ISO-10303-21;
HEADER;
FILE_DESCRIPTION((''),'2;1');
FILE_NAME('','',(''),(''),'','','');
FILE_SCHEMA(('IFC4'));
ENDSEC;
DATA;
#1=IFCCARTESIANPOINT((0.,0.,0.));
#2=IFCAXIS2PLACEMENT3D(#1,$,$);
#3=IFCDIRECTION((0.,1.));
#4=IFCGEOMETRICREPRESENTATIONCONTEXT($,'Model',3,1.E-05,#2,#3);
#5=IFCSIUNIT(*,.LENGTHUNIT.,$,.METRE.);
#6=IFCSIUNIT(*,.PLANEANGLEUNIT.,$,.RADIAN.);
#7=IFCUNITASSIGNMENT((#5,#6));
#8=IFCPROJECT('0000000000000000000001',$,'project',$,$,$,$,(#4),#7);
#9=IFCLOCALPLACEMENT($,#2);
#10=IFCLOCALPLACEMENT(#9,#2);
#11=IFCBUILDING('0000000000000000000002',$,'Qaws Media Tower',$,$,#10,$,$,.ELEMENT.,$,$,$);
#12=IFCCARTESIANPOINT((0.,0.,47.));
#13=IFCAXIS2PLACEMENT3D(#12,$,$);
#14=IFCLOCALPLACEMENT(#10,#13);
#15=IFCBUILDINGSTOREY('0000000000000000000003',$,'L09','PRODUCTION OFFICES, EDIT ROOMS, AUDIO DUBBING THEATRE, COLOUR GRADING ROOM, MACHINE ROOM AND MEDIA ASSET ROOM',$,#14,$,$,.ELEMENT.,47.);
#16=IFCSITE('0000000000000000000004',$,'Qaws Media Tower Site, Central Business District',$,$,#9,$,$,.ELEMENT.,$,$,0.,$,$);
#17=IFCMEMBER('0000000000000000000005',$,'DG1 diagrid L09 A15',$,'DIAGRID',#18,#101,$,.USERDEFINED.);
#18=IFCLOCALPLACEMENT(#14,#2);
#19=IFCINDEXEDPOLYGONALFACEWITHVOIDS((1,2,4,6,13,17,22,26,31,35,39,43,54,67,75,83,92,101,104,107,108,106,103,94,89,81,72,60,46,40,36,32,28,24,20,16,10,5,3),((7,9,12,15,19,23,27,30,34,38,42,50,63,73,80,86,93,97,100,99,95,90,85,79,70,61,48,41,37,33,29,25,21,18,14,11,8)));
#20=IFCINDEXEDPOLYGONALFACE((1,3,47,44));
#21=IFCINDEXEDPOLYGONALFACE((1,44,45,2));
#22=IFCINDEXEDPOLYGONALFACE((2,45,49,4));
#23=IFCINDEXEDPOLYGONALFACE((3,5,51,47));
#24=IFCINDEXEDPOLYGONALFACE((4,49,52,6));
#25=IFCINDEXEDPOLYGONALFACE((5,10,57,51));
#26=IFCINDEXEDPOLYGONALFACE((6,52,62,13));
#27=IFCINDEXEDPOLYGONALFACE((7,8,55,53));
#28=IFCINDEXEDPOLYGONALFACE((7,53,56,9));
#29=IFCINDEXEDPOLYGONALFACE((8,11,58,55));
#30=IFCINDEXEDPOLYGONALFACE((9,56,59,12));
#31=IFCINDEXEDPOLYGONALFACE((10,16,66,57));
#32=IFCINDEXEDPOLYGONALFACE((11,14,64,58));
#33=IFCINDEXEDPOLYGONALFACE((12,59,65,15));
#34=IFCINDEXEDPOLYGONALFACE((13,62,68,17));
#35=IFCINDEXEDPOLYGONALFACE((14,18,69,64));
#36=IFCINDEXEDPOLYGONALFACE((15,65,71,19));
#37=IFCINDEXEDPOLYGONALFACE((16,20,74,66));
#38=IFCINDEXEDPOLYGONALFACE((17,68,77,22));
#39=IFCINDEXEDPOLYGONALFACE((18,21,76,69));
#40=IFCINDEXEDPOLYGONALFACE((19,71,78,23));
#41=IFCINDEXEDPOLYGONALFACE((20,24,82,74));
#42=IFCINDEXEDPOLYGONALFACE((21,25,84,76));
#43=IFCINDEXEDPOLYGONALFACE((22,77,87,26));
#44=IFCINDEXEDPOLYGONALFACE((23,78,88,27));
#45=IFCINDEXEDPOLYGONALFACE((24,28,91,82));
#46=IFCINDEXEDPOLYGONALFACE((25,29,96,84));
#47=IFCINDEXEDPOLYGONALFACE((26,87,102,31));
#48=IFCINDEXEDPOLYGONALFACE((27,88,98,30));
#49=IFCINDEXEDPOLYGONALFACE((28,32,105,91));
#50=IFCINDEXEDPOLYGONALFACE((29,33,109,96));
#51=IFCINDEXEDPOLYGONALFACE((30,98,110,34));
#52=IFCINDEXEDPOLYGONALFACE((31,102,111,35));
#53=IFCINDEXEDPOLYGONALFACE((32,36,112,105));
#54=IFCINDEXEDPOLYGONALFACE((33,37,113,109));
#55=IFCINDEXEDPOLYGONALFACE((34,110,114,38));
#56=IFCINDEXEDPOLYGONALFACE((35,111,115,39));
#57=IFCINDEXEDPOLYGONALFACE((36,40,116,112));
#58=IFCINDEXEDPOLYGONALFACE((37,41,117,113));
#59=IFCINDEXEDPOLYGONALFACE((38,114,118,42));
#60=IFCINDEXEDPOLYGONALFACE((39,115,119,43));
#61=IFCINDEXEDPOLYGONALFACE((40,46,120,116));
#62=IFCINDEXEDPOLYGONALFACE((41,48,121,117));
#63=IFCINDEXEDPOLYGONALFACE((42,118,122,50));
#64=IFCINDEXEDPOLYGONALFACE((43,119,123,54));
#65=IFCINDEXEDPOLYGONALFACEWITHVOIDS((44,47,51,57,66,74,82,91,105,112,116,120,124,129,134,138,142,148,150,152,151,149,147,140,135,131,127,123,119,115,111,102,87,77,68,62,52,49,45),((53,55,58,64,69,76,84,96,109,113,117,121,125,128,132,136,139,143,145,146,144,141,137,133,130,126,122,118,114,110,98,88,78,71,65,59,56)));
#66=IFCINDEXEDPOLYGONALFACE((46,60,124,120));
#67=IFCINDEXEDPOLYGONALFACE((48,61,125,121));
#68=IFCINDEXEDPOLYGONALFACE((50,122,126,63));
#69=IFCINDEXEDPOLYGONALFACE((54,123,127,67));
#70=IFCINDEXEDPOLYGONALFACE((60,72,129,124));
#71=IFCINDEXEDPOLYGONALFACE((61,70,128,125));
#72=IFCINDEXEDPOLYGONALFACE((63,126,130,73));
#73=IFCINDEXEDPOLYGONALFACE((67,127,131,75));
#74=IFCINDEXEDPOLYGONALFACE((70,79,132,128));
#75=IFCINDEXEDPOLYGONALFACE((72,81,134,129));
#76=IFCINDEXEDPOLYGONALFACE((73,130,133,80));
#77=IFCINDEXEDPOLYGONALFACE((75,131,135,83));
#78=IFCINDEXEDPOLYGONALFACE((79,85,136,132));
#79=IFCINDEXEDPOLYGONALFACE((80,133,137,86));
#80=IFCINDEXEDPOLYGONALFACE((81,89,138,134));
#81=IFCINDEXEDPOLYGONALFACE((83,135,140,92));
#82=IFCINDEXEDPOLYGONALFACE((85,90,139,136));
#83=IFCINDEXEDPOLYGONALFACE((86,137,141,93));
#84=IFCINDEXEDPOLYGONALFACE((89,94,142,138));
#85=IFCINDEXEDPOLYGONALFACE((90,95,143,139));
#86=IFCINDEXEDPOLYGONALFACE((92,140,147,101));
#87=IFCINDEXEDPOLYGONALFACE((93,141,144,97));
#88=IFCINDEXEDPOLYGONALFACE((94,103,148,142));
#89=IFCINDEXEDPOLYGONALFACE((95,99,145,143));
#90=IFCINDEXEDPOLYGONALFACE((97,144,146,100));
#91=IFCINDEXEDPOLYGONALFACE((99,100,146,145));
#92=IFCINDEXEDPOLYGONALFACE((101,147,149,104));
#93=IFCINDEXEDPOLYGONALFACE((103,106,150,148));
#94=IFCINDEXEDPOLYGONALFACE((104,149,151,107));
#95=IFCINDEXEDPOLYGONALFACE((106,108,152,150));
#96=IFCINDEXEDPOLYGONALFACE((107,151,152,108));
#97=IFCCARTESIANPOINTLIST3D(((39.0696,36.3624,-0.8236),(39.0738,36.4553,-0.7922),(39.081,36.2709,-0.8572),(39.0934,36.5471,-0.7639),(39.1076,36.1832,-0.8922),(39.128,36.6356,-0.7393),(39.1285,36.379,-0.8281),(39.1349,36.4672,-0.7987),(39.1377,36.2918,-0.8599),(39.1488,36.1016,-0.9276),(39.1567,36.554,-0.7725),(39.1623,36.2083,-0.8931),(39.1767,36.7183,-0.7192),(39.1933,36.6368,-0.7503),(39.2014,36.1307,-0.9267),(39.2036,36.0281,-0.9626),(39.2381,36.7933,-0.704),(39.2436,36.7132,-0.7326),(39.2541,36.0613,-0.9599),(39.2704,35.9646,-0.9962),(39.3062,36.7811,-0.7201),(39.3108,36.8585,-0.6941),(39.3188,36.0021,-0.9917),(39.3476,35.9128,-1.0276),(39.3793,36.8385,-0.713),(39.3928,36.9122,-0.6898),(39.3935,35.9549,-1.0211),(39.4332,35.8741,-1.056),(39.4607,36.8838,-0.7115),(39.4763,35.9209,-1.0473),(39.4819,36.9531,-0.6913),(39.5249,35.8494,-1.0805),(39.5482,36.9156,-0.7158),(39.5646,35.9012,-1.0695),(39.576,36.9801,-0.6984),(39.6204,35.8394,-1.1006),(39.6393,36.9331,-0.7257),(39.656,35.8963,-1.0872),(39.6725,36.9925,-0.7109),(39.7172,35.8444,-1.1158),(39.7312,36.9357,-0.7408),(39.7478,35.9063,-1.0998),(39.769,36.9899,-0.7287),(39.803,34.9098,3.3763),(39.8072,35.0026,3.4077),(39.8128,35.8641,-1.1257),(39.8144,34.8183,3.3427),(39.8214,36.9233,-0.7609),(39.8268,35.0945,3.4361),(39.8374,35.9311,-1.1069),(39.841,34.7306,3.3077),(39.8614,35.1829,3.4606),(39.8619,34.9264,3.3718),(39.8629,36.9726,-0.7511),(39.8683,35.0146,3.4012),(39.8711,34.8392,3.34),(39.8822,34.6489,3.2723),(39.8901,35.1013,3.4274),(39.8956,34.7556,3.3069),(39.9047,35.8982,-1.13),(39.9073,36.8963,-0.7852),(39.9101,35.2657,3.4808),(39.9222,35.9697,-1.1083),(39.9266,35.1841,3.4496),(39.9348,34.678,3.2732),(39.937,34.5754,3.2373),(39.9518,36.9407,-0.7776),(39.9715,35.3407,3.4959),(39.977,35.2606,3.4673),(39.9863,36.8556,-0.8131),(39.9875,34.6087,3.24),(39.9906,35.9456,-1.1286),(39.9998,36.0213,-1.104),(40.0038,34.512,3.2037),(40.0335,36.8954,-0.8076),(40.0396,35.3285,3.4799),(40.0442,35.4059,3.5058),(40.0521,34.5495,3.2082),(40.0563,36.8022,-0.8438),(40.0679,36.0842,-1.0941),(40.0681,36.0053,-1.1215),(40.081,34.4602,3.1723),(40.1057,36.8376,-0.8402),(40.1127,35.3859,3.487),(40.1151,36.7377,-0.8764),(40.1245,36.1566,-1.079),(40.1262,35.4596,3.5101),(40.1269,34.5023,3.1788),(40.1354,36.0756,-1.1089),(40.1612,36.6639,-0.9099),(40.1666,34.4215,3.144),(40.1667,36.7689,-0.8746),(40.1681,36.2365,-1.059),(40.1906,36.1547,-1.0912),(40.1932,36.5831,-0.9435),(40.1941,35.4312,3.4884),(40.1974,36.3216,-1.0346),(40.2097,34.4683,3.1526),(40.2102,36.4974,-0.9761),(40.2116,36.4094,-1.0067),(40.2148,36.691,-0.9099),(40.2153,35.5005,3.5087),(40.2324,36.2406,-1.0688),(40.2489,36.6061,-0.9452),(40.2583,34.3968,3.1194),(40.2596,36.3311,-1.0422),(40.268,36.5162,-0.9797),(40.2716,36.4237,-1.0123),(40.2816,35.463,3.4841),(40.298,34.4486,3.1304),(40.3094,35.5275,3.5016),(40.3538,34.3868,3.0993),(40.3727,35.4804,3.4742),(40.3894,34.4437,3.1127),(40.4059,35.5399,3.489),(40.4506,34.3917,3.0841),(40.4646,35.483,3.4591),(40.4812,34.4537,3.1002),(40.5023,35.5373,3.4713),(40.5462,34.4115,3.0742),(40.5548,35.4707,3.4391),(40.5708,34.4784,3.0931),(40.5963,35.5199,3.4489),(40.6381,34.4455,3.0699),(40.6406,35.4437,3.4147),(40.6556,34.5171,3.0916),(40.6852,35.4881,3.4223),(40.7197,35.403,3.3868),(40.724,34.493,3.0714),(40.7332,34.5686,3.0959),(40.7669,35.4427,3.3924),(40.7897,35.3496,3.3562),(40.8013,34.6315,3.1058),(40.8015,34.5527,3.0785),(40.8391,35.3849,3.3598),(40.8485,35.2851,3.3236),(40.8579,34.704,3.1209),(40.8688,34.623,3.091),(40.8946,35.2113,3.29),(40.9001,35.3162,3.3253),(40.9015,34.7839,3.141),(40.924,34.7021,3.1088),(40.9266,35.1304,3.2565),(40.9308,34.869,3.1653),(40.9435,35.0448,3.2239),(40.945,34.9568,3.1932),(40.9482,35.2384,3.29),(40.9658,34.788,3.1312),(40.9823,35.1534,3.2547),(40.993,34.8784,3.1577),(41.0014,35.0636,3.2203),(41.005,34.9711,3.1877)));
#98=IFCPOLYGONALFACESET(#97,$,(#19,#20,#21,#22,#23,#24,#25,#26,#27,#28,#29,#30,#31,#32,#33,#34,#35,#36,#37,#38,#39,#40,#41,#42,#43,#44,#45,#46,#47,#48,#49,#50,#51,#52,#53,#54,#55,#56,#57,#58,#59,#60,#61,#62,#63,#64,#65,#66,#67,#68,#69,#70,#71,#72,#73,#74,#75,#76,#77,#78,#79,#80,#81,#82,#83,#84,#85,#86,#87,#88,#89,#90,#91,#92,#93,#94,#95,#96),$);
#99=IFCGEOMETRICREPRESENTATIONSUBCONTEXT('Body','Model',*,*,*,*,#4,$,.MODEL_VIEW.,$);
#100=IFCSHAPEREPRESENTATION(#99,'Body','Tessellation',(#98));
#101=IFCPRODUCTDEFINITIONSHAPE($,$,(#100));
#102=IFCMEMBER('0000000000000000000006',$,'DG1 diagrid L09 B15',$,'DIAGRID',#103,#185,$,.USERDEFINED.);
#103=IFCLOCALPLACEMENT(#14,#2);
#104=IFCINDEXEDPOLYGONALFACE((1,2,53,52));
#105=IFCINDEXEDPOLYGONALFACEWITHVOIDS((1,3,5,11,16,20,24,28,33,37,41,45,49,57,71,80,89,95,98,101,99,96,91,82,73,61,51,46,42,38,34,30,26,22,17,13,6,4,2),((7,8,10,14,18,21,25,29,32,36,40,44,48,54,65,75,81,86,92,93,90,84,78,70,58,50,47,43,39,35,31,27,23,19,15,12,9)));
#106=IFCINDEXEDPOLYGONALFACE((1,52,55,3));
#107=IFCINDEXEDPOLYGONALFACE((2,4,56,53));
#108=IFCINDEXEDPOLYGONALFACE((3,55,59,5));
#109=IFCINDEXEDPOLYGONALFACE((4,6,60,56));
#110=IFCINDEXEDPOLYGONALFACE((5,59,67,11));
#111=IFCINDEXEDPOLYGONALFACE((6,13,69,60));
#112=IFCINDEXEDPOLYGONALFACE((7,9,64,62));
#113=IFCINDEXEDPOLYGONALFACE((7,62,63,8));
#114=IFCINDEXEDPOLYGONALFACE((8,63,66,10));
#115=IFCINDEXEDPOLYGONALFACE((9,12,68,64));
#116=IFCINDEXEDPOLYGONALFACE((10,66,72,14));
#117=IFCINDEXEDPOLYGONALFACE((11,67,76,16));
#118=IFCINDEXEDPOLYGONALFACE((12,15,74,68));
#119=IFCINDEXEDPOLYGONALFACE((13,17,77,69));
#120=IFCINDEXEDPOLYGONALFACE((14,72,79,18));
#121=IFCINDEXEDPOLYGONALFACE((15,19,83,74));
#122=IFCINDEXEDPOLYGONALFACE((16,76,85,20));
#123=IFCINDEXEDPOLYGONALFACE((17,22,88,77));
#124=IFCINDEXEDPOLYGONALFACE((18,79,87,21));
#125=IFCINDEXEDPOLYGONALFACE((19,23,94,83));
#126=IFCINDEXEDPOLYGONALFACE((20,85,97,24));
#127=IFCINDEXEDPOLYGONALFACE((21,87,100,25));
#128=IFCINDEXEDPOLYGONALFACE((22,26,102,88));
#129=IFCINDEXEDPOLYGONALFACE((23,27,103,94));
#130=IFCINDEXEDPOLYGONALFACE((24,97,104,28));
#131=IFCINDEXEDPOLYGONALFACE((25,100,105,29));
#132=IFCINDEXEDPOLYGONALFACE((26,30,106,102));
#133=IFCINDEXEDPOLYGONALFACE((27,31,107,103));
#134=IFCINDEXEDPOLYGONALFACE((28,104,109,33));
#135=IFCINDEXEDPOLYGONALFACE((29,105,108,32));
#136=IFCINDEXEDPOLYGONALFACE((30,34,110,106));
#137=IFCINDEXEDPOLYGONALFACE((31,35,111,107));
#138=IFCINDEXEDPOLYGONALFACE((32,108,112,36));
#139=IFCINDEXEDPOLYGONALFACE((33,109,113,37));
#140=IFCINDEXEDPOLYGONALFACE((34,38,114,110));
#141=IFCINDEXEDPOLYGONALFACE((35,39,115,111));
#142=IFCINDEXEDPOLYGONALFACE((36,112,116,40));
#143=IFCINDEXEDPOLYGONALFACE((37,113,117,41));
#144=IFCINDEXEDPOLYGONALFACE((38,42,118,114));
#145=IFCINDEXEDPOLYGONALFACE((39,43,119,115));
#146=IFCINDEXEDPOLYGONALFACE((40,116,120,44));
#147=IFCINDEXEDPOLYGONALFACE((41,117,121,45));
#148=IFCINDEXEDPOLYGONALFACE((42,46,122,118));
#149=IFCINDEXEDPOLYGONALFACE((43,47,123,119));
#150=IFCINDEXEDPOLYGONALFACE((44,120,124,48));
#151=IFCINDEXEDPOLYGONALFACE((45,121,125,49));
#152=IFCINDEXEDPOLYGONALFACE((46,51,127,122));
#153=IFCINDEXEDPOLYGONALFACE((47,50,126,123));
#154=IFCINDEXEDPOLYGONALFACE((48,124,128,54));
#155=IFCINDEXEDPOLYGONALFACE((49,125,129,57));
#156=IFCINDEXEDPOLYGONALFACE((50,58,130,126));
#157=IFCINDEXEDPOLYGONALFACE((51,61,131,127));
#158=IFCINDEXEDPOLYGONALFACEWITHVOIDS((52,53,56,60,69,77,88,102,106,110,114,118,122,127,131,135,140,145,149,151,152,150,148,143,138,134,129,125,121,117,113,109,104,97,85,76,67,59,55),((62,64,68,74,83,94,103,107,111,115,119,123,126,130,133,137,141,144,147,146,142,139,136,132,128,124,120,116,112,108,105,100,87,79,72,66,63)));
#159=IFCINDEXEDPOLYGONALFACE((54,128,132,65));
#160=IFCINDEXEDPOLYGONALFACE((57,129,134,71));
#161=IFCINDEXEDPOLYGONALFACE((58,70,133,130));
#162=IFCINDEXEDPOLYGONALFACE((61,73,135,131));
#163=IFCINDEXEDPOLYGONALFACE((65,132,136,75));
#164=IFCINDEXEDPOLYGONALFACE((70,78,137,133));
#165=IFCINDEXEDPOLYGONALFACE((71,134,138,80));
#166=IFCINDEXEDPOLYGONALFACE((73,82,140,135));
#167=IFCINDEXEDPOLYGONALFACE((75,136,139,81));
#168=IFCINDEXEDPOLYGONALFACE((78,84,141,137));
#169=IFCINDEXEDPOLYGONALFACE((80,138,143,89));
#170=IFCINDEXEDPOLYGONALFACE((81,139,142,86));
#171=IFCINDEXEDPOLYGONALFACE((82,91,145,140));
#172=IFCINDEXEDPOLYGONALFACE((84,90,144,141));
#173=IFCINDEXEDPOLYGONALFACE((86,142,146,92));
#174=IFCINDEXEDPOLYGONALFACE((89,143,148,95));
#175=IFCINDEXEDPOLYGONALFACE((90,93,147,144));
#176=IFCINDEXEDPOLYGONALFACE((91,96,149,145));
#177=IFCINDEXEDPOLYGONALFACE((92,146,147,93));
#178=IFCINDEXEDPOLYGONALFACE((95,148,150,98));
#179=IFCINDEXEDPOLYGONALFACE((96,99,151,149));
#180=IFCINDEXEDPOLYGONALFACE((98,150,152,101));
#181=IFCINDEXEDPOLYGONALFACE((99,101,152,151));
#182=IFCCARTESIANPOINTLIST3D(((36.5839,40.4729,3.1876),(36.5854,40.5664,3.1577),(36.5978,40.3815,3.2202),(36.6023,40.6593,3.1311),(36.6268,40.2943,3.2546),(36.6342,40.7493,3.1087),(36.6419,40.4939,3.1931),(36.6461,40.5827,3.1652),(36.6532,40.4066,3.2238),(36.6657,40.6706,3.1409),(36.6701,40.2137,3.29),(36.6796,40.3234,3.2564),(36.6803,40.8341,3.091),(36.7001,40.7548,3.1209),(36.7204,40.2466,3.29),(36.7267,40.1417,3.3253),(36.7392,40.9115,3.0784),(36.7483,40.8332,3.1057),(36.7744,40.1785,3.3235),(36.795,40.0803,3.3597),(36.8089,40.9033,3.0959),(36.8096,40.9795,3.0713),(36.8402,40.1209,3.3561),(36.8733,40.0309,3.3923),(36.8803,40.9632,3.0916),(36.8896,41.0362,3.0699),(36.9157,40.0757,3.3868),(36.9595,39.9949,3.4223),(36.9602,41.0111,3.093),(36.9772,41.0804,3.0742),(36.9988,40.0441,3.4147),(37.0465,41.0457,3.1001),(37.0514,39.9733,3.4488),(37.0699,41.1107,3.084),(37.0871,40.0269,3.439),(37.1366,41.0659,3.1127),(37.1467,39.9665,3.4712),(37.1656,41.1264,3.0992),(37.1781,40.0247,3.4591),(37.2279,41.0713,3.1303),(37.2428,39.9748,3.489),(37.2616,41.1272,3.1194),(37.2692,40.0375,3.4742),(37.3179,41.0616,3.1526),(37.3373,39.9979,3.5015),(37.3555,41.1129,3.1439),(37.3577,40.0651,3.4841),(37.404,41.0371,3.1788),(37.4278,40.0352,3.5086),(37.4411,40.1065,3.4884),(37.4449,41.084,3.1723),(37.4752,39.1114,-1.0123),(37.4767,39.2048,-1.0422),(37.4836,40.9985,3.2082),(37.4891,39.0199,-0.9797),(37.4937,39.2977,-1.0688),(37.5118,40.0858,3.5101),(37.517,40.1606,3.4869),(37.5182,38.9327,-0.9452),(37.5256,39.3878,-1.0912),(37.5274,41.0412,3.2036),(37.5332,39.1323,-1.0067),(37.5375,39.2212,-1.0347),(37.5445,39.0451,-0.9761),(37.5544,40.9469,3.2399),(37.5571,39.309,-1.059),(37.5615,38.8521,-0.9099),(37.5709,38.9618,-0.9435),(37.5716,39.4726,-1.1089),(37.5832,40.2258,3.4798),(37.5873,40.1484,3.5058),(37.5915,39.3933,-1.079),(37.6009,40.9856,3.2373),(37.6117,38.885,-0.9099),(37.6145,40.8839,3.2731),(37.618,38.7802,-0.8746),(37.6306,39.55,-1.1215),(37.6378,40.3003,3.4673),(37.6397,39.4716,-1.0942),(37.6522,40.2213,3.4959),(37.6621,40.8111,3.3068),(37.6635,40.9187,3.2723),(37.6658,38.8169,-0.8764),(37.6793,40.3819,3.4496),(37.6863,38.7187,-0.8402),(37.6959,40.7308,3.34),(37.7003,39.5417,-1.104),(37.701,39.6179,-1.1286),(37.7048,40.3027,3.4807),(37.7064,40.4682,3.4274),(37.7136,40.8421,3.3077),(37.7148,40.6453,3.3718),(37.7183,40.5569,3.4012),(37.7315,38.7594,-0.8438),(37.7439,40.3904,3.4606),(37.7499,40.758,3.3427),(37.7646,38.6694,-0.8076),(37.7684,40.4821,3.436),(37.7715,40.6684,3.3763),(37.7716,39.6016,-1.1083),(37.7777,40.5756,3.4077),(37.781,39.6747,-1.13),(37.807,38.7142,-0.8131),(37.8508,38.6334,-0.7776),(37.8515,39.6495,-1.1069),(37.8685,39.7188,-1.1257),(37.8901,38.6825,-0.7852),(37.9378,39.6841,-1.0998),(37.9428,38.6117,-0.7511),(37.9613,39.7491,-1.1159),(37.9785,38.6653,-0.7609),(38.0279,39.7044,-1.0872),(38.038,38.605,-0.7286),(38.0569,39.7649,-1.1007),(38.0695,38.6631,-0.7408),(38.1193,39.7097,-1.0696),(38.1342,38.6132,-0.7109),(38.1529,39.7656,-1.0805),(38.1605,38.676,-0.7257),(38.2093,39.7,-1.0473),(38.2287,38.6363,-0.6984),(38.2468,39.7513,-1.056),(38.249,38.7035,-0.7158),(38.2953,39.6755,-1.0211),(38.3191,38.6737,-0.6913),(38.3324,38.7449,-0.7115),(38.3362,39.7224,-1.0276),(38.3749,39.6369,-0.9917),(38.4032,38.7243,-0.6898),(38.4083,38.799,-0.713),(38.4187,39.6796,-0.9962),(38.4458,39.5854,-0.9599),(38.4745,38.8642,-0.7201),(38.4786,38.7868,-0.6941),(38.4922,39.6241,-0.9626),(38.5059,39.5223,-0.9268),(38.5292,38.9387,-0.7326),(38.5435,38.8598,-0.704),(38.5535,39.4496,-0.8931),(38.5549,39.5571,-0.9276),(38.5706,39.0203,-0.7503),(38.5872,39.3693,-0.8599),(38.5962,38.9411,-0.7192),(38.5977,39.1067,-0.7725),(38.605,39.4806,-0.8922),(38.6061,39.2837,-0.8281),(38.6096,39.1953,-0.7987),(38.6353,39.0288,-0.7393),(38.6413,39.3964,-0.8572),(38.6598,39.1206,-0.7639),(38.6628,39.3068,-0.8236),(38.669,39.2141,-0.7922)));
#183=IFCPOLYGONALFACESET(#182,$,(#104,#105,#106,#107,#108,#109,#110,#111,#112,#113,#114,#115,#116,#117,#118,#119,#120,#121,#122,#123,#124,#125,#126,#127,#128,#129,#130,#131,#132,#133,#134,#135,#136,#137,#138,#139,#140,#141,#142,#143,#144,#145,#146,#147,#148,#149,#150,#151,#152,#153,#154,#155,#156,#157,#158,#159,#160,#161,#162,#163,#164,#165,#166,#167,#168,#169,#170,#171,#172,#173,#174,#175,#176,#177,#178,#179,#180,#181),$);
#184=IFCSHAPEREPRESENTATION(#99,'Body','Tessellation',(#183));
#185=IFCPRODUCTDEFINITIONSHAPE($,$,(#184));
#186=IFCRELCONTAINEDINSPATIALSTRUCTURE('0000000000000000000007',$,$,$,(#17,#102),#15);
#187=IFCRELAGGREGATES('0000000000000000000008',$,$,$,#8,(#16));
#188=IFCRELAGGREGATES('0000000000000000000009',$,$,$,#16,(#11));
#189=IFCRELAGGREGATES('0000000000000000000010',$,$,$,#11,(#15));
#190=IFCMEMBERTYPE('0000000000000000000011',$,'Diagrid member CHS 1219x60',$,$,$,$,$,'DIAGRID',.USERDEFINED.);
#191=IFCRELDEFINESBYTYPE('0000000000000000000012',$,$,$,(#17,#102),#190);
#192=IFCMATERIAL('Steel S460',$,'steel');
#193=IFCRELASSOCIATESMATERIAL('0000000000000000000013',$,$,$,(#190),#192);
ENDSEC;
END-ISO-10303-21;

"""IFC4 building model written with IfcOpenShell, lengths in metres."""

from ifc_helpers import new_model, si_unit, direction, frame, origin, origin_2d, place, context, subcontext, project, spatial, hollow_circle, extrude, material, material_profile, profile_set, type_object, element, save


model = new_model("IFC4")

# Units and contexts
model_context = context("Model", 3, precision=1e-05, world=origin(), true_north=direction((0.0, 1.0)))
body_context = subcontext(model_context, "Body", "Model", "MODEL_VIEW")
ifc_project = project(units=[si_unit("LENGTHUNIT", "METRE"), si_unit("PLANEANGLEUNIT", "RADIAN")], contexts=[model_context])

# Site, building, storey
site_placement = place(None, origin())
site = spatial("IfcSite", under=ifc_project, at=site_placement, Name="Qaws Media Tower Site, Central Business District", CompositionType="ELEMENT", RefElevation=0.0)
building_placement = place(site_placement, origin())
building = spatial("IfcBuilding", under=site, at=building_placement, Name="Qaws Media Tower", CompositionType="ELEMENT")
storey_placement = place(building_placement, frame((0.0, 0.0, 47.0)))
storey = spatial("IfcBuildingStorey", under=building, at=storey_placement, Name="L09", Description="PRODUCTION OFFICES, EDIT ROOMS, AUDIO DUBBING THEATRE, COLOUR GRADING ROOM, MACHINE ROOM AND MEDIA ASSET ROOM", CompositionType="ELEMENT", Elevation=47.0)

# Members
ifc_material_1 = material(Name="Steel S460", Category="steel")
ifc_material_profile_1 = material_profile(ifc_material_1, hollow_circle(Radius=0.6096, WallThickness=0.0601, at=origin_2d()), Name="CHS 1219x60")
ifc_profile_set_1 = profile_set([ifc_material_profile_1], Name="Steel S460")
member_type_1 = type_object("IfcMemberType", Name="Diagrid member CHS 1219x60", ElementType="DIAGRID", PredefinedType="USERDEFINED", material=ifc_profile_set_1)
for number, where, z_axis, x_axis, name in (
    (1, (39.6707, 36.4163, -0.9099), (0.162826, -0.322509, 0.932457), (0.89268, 0.450691, 0.0), "DG1 diagrid L09 A15"),
    (2, (38.0715, 39.186, -0.9099), (-0.197894, 0.302288, 0.932448), (-0.83666, -0.547722, 0.0), "DG1 diagrid L09 B15"),
):
    element("IfcMember", number, at=place(storey_placement, frame(where, z_axis=z_axis, x_axis=x_axis)), inside=storey, type_object=member_type_1, Name=name, ObjectType="DIAGRID", PredefinedType="USERDEFINED", context=body_context, shape_type="SweptSolid", body=[
        extrude(hollow_circle(Radius=0.6096, WallThickness=0.0601, at=origin_2d()), origin(), (0.0, 0.0, 1.0), 4.5042),
    ])

save(model, "model.ifc")
